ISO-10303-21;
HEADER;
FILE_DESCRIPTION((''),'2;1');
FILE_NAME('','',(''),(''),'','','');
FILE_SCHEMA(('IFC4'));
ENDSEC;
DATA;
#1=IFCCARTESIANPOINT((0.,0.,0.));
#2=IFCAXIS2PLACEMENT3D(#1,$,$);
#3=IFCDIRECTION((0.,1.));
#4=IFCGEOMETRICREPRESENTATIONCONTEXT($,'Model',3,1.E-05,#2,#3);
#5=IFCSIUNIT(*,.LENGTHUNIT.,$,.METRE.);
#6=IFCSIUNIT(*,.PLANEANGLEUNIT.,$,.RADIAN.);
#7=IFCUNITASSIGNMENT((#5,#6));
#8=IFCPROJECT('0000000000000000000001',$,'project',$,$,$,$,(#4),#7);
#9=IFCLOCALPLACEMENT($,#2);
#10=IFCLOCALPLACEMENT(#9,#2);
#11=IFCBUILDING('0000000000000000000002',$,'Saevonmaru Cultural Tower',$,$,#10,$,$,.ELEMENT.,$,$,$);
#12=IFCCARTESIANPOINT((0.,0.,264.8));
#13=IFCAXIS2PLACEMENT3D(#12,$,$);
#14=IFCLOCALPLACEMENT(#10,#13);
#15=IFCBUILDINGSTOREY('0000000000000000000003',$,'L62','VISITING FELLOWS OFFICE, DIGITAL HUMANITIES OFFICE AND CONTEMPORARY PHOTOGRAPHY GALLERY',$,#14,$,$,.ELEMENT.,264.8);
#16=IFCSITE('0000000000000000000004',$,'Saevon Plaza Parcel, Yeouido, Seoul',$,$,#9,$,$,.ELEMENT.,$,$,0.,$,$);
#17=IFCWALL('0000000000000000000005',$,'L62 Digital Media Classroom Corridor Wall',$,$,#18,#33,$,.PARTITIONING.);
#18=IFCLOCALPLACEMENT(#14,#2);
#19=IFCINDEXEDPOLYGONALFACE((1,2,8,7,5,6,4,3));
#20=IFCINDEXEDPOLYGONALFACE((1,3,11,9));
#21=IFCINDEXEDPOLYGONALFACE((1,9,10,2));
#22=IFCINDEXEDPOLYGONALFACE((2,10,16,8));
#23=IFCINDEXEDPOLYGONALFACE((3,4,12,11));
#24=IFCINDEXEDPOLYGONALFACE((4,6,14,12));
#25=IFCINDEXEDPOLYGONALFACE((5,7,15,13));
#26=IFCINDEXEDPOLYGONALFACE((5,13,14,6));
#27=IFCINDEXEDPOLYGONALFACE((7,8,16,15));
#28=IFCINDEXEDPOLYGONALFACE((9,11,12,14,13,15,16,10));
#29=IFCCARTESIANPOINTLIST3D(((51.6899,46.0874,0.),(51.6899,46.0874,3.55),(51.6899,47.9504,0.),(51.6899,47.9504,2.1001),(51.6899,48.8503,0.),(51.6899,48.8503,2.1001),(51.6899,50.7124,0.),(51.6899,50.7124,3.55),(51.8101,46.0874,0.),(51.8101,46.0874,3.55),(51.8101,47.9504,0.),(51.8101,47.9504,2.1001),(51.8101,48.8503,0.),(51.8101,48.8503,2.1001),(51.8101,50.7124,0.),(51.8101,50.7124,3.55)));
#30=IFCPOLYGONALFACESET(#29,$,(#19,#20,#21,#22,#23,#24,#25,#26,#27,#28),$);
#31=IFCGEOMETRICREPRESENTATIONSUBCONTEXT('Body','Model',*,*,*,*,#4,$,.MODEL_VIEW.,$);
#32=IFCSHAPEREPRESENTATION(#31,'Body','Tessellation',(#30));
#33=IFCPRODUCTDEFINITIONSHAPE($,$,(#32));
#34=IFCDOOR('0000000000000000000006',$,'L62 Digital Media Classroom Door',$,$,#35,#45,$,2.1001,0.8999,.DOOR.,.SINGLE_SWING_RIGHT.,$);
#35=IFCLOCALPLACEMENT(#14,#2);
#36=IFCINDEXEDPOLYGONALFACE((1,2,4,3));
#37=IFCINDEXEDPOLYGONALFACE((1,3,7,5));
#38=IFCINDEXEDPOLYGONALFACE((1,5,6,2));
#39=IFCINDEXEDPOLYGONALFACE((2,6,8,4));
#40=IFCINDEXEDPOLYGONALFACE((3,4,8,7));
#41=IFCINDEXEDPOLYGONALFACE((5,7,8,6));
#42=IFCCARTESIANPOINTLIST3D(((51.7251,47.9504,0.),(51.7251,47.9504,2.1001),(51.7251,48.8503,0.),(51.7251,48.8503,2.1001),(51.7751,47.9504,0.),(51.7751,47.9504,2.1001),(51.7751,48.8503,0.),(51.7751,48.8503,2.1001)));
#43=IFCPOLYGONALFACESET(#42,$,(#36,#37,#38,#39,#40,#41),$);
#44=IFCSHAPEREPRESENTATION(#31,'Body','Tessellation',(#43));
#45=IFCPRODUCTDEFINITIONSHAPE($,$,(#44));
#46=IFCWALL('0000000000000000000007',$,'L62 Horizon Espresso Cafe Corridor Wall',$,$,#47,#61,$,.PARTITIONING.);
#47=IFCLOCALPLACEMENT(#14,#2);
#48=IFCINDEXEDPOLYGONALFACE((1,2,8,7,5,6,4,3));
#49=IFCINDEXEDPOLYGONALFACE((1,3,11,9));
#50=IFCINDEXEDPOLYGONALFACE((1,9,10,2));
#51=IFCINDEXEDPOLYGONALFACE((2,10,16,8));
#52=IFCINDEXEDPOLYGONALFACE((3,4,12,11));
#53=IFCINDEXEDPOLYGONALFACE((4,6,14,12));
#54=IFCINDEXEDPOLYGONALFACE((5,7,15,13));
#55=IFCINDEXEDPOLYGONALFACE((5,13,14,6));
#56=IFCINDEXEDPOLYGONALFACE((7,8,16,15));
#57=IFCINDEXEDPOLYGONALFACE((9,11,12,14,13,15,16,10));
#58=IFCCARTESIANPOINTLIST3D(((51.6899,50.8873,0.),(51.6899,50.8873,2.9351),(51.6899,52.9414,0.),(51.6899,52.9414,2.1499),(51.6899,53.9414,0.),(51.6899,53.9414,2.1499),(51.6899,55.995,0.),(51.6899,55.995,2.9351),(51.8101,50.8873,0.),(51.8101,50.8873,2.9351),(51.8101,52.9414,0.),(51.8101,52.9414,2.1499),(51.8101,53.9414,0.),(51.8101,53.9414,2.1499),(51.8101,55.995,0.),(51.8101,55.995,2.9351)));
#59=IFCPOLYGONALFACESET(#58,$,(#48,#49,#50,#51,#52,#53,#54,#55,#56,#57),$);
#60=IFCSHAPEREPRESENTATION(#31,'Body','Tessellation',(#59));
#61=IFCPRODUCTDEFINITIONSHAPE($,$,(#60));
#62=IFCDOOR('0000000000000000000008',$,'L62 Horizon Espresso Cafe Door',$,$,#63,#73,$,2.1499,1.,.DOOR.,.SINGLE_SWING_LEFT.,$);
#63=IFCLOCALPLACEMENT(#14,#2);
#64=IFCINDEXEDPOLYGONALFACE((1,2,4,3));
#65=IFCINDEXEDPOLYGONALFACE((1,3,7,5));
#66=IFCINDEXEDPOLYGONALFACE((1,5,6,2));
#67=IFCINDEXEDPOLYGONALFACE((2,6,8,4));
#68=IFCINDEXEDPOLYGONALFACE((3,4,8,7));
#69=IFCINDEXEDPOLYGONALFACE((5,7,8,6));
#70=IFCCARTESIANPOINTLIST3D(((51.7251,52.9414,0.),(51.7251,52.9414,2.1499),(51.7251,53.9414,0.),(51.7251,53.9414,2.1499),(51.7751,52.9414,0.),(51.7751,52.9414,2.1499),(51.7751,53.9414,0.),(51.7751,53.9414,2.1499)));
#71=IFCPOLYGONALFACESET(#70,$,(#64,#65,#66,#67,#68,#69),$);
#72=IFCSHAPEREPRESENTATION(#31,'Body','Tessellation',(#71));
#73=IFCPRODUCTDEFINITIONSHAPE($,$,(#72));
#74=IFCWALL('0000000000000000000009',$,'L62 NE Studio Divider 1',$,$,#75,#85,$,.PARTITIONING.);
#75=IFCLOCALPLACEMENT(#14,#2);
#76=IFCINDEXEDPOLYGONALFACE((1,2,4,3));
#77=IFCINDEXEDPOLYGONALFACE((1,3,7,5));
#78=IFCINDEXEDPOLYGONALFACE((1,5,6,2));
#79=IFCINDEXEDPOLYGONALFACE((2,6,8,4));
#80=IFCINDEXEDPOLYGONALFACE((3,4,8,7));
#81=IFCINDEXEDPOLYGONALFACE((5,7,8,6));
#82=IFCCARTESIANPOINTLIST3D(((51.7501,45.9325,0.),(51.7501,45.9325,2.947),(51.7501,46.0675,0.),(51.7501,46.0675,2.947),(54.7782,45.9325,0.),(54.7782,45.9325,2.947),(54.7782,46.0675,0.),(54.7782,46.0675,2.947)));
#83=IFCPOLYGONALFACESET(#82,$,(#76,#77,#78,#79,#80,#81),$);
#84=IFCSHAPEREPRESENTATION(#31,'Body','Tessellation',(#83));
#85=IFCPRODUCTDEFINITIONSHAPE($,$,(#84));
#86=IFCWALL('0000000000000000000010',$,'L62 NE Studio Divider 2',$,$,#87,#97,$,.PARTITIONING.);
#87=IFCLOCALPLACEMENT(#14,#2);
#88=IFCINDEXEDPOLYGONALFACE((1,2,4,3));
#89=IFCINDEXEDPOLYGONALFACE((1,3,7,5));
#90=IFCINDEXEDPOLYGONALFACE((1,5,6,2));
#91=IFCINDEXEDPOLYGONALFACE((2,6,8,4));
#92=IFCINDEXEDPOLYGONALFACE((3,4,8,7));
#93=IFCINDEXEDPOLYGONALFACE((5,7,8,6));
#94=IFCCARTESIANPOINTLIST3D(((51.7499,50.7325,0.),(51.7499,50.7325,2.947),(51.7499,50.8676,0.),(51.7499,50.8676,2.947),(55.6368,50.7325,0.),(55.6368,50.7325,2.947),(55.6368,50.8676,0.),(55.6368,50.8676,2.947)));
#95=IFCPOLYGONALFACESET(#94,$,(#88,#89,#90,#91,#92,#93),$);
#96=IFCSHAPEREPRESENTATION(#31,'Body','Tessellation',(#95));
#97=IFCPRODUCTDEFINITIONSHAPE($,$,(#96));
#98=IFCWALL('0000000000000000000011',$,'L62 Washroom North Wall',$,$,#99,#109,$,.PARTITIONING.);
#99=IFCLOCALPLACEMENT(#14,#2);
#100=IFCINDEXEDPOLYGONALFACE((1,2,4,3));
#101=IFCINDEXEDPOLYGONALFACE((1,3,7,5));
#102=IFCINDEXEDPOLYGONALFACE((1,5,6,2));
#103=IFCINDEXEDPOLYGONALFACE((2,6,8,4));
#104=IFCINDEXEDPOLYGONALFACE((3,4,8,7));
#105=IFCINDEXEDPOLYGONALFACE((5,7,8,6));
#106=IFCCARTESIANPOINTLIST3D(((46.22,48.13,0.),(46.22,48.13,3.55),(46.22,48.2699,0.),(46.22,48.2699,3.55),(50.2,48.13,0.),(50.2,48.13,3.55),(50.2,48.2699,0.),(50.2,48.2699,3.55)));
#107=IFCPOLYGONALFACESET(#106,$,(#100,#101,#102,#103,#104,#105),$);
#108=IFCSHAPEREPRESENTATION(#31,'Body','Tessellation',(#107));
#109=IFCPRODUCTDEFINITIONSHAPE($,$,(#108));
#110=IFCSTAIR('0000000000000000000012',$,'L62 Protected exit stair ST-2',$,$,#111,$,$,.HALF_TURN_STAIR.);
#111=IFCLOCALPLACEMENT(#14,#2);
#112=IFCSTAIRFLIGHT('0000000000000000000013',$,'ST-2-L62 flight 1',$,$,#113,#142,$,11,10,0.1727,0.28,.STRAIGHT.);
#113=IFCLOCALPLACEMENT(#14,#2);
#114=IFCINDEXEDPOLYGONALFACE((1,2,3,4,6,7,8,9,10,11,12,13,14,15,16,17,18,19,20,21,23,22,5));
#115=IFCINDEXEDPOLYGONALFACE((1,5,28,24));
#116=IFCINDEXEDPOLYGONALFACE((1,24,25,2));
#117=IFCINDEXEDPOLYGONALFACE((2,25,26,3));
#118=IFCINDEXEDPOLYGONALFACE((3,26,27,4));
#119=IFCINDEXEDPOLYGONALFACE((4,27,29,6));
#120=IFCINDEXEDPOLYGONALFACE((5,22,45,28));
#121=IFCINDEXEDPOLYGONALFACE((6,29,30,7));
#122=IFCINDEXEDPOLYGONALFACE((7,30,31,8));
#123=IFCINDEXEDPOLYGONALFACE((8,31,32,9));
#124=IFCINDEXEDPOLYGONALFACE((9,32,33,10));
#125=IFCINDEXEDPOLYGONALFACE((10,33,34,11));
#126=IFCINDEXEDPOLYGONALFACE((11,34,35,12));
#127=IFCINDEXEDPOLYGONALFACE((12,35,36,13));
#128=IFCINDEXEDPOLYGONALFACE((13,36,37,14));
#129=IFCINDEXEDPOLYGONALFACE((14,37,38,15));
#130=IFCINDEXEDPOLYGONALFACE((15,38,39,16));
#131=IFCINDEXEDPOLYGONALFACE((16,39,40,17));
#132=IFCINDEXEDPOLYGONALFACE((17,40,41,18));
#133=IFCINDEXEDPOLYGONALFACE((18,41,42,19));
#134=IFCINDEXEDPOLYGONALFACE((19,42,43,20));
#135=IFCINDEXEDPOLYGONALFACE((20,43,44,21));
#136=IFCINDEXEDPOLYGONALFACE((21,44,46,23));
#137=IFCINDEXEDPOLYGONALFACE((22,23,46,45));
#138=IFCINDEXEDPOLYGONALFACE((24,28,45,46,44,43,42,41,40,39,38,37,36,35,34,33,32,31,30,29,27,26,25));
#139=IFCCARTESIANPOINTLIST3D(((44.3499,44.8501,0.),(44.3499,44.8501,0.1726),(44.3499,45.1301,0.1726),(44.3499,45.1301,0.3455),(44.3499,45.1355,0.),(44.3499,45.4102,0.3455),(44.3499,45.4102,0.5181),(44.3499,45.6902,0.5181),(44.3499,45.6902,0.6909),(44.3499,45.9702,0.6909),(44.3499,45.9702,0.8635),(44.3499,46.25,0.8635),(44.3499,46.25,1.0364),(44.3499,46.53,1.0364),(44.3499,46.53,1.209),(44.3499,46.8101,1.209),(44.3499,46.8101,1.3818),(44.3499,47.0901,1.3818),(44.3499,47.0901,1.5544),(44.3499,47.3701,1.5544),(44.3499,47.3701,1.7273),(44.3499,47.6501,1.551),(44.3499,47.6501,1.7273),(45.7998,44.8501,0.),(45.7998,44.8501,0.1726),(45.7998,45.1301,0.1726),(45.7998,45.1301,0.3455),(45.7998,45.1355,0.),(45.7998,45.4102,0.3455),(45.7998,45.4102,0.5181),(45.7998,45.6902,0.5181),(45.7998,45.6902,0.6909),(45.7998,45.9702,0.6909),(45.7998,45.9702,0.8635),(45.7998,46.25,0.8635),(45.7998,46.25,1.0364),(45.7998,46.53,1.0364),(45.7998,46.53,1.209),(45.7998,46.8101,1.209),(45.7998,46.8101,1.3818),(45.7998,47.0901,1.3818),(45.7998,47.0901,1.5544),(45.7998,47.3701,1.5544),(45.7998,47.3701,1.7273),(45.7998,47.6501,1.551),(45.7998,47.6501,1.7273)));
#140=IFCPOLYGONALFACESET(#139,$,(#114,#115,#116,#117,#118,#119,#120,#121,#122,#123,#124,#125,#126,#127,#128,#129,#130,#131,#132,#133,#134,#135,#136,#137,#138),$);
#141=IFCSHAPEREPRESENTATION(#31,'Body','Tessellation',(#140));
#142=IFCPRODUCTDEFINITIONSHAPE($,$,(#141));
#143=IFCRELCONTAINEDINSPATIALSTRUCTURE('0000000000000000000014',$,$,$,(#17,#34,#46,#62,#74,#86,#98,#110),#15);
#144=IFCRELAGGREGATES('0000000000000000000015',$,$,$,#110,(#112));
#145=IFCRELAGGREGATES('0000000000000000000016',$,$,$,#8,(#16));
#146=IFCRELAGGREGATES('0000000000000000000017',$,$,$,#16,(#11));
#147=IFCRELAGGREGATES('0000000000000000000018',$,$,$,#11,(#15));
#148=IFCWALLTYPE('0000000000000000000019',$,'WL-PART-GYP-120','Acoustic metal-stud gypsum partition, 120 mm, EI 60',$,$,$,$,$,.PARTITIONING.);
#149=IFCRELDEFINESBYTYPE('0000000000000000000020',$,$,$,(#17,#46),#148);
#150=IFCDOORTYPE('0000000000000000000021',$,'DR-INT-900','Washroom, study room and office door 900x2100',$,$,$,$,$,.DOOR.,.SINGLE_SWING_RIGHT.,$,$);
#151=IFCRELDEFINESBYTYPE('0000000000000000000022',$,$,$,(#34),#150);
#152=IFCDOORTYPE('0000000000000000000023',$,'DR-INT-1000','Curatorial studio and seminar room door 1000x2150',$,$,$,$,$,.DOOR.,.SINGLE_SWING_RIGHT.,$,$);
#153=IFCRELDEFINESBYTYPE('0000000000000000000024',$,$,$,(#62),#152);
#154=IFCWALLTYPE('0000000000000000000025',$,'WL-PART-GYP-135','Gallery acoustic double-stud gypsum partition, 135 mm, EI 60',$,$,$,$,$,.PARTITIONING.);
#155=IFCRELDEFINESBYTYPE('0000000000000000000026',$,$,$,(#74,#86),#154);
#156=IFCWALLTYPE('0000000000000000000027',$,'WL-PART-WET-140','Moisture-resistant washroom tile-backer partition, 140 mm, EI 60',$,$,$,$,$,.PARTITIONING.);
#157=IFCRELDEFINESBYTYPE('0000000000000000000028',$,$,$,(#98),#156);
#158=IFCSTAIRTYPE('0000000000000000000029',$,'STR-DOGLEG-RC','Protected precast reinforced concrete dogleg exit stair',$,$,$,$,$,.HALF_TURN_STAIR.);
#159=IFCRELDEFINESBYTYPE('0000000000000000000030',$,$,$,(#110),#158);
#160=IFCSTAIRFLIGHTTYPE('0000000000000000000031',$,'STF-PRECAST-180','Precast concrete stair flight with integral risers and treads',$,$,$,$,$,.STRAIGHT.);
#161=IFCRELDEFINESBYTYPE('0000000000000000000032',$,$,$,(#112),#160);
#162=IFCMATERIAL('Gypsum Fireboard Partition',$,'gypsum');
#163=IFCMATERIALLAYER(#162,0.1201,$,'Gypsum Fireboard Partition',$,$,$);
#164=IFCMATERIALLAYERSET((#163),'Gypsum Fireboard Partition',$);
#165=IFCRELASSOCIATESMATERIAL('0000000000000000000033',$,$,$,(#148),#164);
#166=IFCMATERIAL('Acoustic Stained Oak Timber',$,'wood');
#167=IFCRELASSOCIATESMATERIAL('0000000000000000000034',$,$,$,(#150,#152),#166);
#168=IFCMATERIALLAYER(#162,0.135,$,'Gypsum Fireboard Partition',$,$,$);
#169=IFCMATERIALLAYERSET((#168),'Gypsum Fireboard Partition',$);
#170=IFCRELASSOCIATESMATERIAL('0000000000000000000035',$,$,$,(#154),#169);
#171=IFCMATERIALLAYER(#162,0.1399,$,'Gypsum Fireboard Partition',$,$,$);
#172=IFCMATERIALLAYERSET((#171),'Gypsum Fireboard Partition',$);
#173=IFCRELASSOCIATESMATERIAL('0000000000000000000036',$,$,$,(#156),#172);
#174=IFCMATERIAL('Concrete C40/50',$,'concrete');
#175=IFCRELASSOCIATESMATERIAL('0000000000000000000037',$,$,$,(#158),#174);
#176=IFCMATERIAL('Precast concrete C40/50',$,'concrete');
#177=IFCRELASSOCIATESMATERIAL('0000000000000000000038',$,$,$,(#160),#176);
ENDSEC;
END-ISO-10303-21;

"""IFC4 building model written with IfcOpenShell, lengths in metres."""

from ifc_helpers import new_model, si_unit, direction, frame, frame_2d, origin, place, context, subcontext, project, spatial, polyline, rectangle, outline, extrude, material, layer, layer_set, type_object, element, fill, aggregate, save


model = new_model("IFC4")

# Units and contexts
model_context = context("Model", 3, precision=1e-05, world=origin(), true_north=direction((0.0, 1.0)))
body_context = subcontext(model_context, "Body", "Model", "MODEL_VIEW")
ifc_project = project(units=[si_unit("LENGTHUNIT", "METRE"), si_unit("PLANEANGLEUNIT", "RADIAN")], contexts=[model_context])

# Site, building, storey
site_placement = place(None, origin())
site = spatial("IfcSite", under=ifc_project, at=site_placement, Name="Saevon Plaza Parcel, Yeouido, Seoul", CompositionType="ELEMENT", RefElevation=0.0)
building_placement = place(site_placement, origin())
building = spatial("IfcBuilding", under=site, at=building_placement, Name="Saevonmaru Cultural Tower", CompositionType="ELEMENT")
storey_placement = place(building_placement, frame((0.0, 0.0, 264.8)))
storey = spatial("IfcBuildingStorey", under=building, at=storey_placement, Name="L62", Description="VISITING FELLOWS OFFICE, DIGITAL HUMANITIES OFFICE AND CONTEMPORARY PHOTOGRAPHY GALLERY", CompositionType="ELEMENT", Elevation=264.8)

# Shared definitions
ifc_material_1 = material(Name="Gypsum Fireboard Partition", Category="gypsum")
ifc_layer_1 = layer(ifc_material_1, 0.1201, Name="Gypsum Fireboard Partition")
ifc_layer_set_1 = layer_set([ifc_layer_1], Name="Gypsum Fireboard Partition")
wall_type_1 = type_object("IfcWallType", Name="WL-PART-GYP-120", Description="Acoustic metal-stud gypsum partition, 120 mm, EI 60", PredefinedType="PARTITIONING", material=ifc_layer_set_1)

# Walls, openings, doors
ifc_material_2 = material(Name="Acoustic Stained Oak Timber", Category="wood")
door_type_1 = type_object("IfcDoorType", Name="DR-INT-900", Description="Washroom, study room and office door 900x2100", OperationType="SINGLE_SWING_RIGHT", PredefinedType="DOOR", material=ifc_material_2)
wall_1_placement = place(storey_placement, frame((51.75, 46.0874, 0.0), z_axis=(0.0, 0.0, 1.0), x_axis=(0.0, 1.0, 0.0)))
wall_1 = element("IfcWall", 1, at=wall_1_placement, inside=storey, type_object=wall_type_1, Name="L62 Digital Media Classroom Corridor Wall", PredefinedType="PARTITIONING", context=body_context, shape_type="SweptSolid", body=[
    extrude(rectangle(XDim=4.625, YDim=0.1201, at=frame_2d((2.3125, 0.0))), origin(), (0.0, 0.0, 1.0), 3.55),
])
opening_1_placement = place(wall_1_placement, frame((1.863, 0.0, 0.0)))
opening_1 = element("IfcOpeningElement", 2, at=opening_1_placement, cuts=wall_1, PredefinedType="OPENING", context=body_context, shape_type="SweptSolid", body=[
    extrude(rectangle(XDim=0.8999, YDim=2.1001, at=frame_2d((0.45, 1.05))), frame((0.0, 0.0701, 0.0), z_axis=(0.0, -1.0, 0.0), x_axis=(1.0, 0.0, 0.0)), (0.0, 0.0, 1.0), 0.1401),
])
door_1_placement = place(opening_1_placement, origin())
door_1 = element("IfcDoor", 3, at=door_1_placement, inside=storey, type_object=door_type_1, Name="L62 Digital Media Classroom Door", OperationType="SINGLE_SWING_RIGHT", OverallHeight=2.1001, OverallWidth=0.8999, PredefinedType="DOOR", context=body_context, shape_type="SweptSolid", body=[
    extrude(rectangle(XDim=0.8999, YDim=2.1001, at=frame_2d((0.45, 1.05))), frame((0.0, 0.0249, 0.0), z_axis=(0.0, -1.0, 0.0), x_axis=(1.0, 0.0, 0.0)), (0.0, 0.0, 1.0), 0.05),
])
fill(opening_1, door_1)
wall_2_placement = place(storey_placement, frame((51.75, 50.8875, 0.0), z_axis=(0.0, 0.0, 1.0), x_axis=(0.0, 1.0, 0.0)))
wall_2 = element("IfcWall", 4, at=wall_2_placement, inside=storey, type_object=wall_type_1, Name="L62 Horizon Espresso Cafe Corridor Wall", PredefinedType="PARTITIONING", context=body_context, shape_type="SweptSolid", body=[
    extrude(rectangle(XDim=5.1077, YDim=0.1201, at=frame_2d((2.5537, 0.0))), origin(), (0.0, 0.0, 1.0), 2.9351),
])
opening_2_placement = place(wall_2_placement, frame((2.054, 0.0, 0.0)))
opening_2 = element("IfcOpeningElement", 5, at=opening_2_placement, cuts=wall_2, PredefinedType="OPENING", context=body_context, shape_type="SweptSolid", body=[
    extrude(rectangle(XDim=1.0, YDim=2.1499, at=frame_2d((0.5, 1.075))), frame((0.0, 0.0701, 0.0), z_axis=(0.0, -1.0, 0.0), x_axis=(1.0, 0.0, 0.0)), (0.0, 0.0, 1.0), 0.1401),
])
door_type_2 = type_object("IfcDoorType", Name="DR-INT-1000", Description="Curatorial studio and seminar room door 1000x2150", OperationType="SINGLE_SWING_RIGHT", PredefinedType="DOOR", material=ifc_material_2)
door_2_placement = place(opening_2_placement, origin())
door_2 = element("IfcDoor", 6, at=door_2_placement, inside=storey, type_object=door_type_2, Name="L62 Horizon Espresso Cafe Door", OperationType="SINGLE_SWING_LEFT", OverallHeight=2.1499, OverallWidth=1.0, PredefinedType="DOOR", context=body_context, shape_type="SweptSolid", body=[
    extrude(rectangle(XDim=1.0, YDim=2.1499, at=frame_2d((0.5, 1.075))), frame((0.0, 0.0249, 0.0), z_axis=(0.0, -1.0, 0.0), x_axis=(1.0, 0.0, 0.0)), (0.0, 0.0, 1.0), 0.05),
])
fill(opening_2, door_2)

# Walls
ifc_layer_2 = layer(ifc_material_1, 0.135, Name="Gypsum Fireboard Partition")
ifc_layer_set_2 = layer_set([ifc_layer_2], Name="Gypsum Fireboard Partition")
wall_type_2 = type_object("IfcWallType", Name="WL-PART-GYP-135", Description="Gallery acoustic double-stud gypsum partition, 135 mm, EI 60", PredefinedType="PARTITIONING", material=ifc_layer_set_2)
wall_3_placement = place(storey_placement, frame((51.75, 46.0, 0.0), z_axis=(0.0, 0.0, 1.0), x_axis=(1.0, 0.0, 0.0)))
element("IfcWall", 7, at=wall_3_placement, inside=storey, type_object=wall_type_2, Name="L62 NE Studio Divider 1", PredefinedType="PARTITIONING", context=body_context, shape_type="SweptSolid", body=[
    extrude(rectangle(XDim=3.0281, YDim=0.135, at=frame_2d((1.5142, 0.0))), origin(), (0.0, 0.0, 1.0), 2.947),
])
wall_4_placement = place(storey_placement, frame((51.75, 50.8, 0.0), z_axis=(0.0, 0.0, 1.0), x_axis=(1.0, 0.0, 0.0)))
element("IfcWall", 8, at=wall_4_placement, inside=storey, type_object=wall_type_2, Name="L62 NE Studio Divider 2", PredefinedType="PARTITIONING", context=body_context, shape_type="SweptSolid", body=[
    extrude(rectangle(XDim=3.887, YDim=0.135, at=frame_2d((1.9434, 0.0))), origin(), (0.0, 0.0, 1.0), 2.947),
])
ifc_layer_3 = layer(ifc_material_1, 0.1399, Name="Gypsum Fireboard Partition")
ifc_layer_set_3 = layer_set([ifc_layer_3], Name="Gypsum Fireboard Partition")
wall_type_3 = type_object("IfcWallType", Name="WL-PART-WET-140", Description="Moisture-resistant washroom tile-backer partition, 140 mm, EI 60", PredefinedType="PARTITIONING", material=ifc_layer_set_3)
wall_5_placement = place(storey_placement, frame((46.22, 48.2, 0.0), z_axis=(0.0, 0.0, 1.0), x_axis=(1.0, 0.0, 0.0)))
element("IfcWall", 9, at=wall_5_placement, inside=storey, type_object=wall_type_3, Name="L62 Washroom North Wall", PredefinedType="PARTITIONING", context=body_context, shape_type="SweptSolid", body=[
    extrude(rectangle(XDim=3.98, YDim=0.1399, at=frame_2d((1.99, 0.0))), origin(), (0.0, 0.0, 1.0), 3.55),
])

# Stair, stair flight
ifc_material_3 = material(Name="Concrete C40/50", Category="concrete")
stair_type = type_object("IfcStairType", Name="STR-DOGLEG-RC", Description="Protected precast reinforced concrete dogleg exit stair", PredefinedType="HALF_TURN_STAIR", material=ifc_material_3)
stair_placement = place(storey_placement, origin())
stair = element("IfcStair", 10, at=stair_placement, inside=storey, type_object=stair_type, Name="L62 Protected exit stair ST-2", PredefinedType="HALF_TURN_STAIR")
ifc_material_4 = material(Name="Precast concrete C40/50", Category="concrete")
stair_flight_type = type_object("IfcStairFlightType", Name="STF-PRECAST-180", Description="Precast concrete stair flight with integral risers and treads", PredefinedType="STRAIGHT", material=ifc_material_4)
stair_flight_placement = place(storey_placement, frame((45.075, 44.8501, 0.0), z_axis=(0.0, 0.0, 1.0), x_axis=(0.0, 1.0, 0.0)))
stair_flight = element("IfcStairFlight", 11, at=stair_flight_placement, type_object=stair_flight_type, Name="ST-2-L62 flight 1", NumberOfRisers=11, NumberOfTreads=10, PredefinedType="STRAIGHT", RiserHeight=0.1727, TreadLength=0.28, context=body_context, shape_type="SweptSolid", body=[
    extrude(outline(polyline([(0.0, 0.0), (0.0, 0.1726), (0.28, 0.1726), (0.28, 0.3455), (0.5601, 0.3455), (0.5601, 0.5181), (0.8401, 0.5181), (0.8401, 0.6909), (1.1201, 0.6909), (1.1201, 0.8635), (1.3999, 0.8635), (1.3999, 1.0364), (1.6799, 1.0364), (1.6799, 1.209), (1.96, 1.209), (1.96, 1.3818), (2.24, 1.3818), (2.24, 1.5544), (2.52, 1.5544), (2.52, 1.7273), (2.8, 1.7273), (2.8, 1.8999), (2.8, 1.551), (0.2854, 0.0), (0.0, 0.0)])), frame((0.0, 0.7251, 0.0), z_axis=(0.0, -1.0, 0.0), x_axis=(1.0, 0.0, 0.0)), (0.0, 0.0, 1.0), 1.45),
])
aggregate(stair, [stair_flight])

save(model, "model.ifc")
